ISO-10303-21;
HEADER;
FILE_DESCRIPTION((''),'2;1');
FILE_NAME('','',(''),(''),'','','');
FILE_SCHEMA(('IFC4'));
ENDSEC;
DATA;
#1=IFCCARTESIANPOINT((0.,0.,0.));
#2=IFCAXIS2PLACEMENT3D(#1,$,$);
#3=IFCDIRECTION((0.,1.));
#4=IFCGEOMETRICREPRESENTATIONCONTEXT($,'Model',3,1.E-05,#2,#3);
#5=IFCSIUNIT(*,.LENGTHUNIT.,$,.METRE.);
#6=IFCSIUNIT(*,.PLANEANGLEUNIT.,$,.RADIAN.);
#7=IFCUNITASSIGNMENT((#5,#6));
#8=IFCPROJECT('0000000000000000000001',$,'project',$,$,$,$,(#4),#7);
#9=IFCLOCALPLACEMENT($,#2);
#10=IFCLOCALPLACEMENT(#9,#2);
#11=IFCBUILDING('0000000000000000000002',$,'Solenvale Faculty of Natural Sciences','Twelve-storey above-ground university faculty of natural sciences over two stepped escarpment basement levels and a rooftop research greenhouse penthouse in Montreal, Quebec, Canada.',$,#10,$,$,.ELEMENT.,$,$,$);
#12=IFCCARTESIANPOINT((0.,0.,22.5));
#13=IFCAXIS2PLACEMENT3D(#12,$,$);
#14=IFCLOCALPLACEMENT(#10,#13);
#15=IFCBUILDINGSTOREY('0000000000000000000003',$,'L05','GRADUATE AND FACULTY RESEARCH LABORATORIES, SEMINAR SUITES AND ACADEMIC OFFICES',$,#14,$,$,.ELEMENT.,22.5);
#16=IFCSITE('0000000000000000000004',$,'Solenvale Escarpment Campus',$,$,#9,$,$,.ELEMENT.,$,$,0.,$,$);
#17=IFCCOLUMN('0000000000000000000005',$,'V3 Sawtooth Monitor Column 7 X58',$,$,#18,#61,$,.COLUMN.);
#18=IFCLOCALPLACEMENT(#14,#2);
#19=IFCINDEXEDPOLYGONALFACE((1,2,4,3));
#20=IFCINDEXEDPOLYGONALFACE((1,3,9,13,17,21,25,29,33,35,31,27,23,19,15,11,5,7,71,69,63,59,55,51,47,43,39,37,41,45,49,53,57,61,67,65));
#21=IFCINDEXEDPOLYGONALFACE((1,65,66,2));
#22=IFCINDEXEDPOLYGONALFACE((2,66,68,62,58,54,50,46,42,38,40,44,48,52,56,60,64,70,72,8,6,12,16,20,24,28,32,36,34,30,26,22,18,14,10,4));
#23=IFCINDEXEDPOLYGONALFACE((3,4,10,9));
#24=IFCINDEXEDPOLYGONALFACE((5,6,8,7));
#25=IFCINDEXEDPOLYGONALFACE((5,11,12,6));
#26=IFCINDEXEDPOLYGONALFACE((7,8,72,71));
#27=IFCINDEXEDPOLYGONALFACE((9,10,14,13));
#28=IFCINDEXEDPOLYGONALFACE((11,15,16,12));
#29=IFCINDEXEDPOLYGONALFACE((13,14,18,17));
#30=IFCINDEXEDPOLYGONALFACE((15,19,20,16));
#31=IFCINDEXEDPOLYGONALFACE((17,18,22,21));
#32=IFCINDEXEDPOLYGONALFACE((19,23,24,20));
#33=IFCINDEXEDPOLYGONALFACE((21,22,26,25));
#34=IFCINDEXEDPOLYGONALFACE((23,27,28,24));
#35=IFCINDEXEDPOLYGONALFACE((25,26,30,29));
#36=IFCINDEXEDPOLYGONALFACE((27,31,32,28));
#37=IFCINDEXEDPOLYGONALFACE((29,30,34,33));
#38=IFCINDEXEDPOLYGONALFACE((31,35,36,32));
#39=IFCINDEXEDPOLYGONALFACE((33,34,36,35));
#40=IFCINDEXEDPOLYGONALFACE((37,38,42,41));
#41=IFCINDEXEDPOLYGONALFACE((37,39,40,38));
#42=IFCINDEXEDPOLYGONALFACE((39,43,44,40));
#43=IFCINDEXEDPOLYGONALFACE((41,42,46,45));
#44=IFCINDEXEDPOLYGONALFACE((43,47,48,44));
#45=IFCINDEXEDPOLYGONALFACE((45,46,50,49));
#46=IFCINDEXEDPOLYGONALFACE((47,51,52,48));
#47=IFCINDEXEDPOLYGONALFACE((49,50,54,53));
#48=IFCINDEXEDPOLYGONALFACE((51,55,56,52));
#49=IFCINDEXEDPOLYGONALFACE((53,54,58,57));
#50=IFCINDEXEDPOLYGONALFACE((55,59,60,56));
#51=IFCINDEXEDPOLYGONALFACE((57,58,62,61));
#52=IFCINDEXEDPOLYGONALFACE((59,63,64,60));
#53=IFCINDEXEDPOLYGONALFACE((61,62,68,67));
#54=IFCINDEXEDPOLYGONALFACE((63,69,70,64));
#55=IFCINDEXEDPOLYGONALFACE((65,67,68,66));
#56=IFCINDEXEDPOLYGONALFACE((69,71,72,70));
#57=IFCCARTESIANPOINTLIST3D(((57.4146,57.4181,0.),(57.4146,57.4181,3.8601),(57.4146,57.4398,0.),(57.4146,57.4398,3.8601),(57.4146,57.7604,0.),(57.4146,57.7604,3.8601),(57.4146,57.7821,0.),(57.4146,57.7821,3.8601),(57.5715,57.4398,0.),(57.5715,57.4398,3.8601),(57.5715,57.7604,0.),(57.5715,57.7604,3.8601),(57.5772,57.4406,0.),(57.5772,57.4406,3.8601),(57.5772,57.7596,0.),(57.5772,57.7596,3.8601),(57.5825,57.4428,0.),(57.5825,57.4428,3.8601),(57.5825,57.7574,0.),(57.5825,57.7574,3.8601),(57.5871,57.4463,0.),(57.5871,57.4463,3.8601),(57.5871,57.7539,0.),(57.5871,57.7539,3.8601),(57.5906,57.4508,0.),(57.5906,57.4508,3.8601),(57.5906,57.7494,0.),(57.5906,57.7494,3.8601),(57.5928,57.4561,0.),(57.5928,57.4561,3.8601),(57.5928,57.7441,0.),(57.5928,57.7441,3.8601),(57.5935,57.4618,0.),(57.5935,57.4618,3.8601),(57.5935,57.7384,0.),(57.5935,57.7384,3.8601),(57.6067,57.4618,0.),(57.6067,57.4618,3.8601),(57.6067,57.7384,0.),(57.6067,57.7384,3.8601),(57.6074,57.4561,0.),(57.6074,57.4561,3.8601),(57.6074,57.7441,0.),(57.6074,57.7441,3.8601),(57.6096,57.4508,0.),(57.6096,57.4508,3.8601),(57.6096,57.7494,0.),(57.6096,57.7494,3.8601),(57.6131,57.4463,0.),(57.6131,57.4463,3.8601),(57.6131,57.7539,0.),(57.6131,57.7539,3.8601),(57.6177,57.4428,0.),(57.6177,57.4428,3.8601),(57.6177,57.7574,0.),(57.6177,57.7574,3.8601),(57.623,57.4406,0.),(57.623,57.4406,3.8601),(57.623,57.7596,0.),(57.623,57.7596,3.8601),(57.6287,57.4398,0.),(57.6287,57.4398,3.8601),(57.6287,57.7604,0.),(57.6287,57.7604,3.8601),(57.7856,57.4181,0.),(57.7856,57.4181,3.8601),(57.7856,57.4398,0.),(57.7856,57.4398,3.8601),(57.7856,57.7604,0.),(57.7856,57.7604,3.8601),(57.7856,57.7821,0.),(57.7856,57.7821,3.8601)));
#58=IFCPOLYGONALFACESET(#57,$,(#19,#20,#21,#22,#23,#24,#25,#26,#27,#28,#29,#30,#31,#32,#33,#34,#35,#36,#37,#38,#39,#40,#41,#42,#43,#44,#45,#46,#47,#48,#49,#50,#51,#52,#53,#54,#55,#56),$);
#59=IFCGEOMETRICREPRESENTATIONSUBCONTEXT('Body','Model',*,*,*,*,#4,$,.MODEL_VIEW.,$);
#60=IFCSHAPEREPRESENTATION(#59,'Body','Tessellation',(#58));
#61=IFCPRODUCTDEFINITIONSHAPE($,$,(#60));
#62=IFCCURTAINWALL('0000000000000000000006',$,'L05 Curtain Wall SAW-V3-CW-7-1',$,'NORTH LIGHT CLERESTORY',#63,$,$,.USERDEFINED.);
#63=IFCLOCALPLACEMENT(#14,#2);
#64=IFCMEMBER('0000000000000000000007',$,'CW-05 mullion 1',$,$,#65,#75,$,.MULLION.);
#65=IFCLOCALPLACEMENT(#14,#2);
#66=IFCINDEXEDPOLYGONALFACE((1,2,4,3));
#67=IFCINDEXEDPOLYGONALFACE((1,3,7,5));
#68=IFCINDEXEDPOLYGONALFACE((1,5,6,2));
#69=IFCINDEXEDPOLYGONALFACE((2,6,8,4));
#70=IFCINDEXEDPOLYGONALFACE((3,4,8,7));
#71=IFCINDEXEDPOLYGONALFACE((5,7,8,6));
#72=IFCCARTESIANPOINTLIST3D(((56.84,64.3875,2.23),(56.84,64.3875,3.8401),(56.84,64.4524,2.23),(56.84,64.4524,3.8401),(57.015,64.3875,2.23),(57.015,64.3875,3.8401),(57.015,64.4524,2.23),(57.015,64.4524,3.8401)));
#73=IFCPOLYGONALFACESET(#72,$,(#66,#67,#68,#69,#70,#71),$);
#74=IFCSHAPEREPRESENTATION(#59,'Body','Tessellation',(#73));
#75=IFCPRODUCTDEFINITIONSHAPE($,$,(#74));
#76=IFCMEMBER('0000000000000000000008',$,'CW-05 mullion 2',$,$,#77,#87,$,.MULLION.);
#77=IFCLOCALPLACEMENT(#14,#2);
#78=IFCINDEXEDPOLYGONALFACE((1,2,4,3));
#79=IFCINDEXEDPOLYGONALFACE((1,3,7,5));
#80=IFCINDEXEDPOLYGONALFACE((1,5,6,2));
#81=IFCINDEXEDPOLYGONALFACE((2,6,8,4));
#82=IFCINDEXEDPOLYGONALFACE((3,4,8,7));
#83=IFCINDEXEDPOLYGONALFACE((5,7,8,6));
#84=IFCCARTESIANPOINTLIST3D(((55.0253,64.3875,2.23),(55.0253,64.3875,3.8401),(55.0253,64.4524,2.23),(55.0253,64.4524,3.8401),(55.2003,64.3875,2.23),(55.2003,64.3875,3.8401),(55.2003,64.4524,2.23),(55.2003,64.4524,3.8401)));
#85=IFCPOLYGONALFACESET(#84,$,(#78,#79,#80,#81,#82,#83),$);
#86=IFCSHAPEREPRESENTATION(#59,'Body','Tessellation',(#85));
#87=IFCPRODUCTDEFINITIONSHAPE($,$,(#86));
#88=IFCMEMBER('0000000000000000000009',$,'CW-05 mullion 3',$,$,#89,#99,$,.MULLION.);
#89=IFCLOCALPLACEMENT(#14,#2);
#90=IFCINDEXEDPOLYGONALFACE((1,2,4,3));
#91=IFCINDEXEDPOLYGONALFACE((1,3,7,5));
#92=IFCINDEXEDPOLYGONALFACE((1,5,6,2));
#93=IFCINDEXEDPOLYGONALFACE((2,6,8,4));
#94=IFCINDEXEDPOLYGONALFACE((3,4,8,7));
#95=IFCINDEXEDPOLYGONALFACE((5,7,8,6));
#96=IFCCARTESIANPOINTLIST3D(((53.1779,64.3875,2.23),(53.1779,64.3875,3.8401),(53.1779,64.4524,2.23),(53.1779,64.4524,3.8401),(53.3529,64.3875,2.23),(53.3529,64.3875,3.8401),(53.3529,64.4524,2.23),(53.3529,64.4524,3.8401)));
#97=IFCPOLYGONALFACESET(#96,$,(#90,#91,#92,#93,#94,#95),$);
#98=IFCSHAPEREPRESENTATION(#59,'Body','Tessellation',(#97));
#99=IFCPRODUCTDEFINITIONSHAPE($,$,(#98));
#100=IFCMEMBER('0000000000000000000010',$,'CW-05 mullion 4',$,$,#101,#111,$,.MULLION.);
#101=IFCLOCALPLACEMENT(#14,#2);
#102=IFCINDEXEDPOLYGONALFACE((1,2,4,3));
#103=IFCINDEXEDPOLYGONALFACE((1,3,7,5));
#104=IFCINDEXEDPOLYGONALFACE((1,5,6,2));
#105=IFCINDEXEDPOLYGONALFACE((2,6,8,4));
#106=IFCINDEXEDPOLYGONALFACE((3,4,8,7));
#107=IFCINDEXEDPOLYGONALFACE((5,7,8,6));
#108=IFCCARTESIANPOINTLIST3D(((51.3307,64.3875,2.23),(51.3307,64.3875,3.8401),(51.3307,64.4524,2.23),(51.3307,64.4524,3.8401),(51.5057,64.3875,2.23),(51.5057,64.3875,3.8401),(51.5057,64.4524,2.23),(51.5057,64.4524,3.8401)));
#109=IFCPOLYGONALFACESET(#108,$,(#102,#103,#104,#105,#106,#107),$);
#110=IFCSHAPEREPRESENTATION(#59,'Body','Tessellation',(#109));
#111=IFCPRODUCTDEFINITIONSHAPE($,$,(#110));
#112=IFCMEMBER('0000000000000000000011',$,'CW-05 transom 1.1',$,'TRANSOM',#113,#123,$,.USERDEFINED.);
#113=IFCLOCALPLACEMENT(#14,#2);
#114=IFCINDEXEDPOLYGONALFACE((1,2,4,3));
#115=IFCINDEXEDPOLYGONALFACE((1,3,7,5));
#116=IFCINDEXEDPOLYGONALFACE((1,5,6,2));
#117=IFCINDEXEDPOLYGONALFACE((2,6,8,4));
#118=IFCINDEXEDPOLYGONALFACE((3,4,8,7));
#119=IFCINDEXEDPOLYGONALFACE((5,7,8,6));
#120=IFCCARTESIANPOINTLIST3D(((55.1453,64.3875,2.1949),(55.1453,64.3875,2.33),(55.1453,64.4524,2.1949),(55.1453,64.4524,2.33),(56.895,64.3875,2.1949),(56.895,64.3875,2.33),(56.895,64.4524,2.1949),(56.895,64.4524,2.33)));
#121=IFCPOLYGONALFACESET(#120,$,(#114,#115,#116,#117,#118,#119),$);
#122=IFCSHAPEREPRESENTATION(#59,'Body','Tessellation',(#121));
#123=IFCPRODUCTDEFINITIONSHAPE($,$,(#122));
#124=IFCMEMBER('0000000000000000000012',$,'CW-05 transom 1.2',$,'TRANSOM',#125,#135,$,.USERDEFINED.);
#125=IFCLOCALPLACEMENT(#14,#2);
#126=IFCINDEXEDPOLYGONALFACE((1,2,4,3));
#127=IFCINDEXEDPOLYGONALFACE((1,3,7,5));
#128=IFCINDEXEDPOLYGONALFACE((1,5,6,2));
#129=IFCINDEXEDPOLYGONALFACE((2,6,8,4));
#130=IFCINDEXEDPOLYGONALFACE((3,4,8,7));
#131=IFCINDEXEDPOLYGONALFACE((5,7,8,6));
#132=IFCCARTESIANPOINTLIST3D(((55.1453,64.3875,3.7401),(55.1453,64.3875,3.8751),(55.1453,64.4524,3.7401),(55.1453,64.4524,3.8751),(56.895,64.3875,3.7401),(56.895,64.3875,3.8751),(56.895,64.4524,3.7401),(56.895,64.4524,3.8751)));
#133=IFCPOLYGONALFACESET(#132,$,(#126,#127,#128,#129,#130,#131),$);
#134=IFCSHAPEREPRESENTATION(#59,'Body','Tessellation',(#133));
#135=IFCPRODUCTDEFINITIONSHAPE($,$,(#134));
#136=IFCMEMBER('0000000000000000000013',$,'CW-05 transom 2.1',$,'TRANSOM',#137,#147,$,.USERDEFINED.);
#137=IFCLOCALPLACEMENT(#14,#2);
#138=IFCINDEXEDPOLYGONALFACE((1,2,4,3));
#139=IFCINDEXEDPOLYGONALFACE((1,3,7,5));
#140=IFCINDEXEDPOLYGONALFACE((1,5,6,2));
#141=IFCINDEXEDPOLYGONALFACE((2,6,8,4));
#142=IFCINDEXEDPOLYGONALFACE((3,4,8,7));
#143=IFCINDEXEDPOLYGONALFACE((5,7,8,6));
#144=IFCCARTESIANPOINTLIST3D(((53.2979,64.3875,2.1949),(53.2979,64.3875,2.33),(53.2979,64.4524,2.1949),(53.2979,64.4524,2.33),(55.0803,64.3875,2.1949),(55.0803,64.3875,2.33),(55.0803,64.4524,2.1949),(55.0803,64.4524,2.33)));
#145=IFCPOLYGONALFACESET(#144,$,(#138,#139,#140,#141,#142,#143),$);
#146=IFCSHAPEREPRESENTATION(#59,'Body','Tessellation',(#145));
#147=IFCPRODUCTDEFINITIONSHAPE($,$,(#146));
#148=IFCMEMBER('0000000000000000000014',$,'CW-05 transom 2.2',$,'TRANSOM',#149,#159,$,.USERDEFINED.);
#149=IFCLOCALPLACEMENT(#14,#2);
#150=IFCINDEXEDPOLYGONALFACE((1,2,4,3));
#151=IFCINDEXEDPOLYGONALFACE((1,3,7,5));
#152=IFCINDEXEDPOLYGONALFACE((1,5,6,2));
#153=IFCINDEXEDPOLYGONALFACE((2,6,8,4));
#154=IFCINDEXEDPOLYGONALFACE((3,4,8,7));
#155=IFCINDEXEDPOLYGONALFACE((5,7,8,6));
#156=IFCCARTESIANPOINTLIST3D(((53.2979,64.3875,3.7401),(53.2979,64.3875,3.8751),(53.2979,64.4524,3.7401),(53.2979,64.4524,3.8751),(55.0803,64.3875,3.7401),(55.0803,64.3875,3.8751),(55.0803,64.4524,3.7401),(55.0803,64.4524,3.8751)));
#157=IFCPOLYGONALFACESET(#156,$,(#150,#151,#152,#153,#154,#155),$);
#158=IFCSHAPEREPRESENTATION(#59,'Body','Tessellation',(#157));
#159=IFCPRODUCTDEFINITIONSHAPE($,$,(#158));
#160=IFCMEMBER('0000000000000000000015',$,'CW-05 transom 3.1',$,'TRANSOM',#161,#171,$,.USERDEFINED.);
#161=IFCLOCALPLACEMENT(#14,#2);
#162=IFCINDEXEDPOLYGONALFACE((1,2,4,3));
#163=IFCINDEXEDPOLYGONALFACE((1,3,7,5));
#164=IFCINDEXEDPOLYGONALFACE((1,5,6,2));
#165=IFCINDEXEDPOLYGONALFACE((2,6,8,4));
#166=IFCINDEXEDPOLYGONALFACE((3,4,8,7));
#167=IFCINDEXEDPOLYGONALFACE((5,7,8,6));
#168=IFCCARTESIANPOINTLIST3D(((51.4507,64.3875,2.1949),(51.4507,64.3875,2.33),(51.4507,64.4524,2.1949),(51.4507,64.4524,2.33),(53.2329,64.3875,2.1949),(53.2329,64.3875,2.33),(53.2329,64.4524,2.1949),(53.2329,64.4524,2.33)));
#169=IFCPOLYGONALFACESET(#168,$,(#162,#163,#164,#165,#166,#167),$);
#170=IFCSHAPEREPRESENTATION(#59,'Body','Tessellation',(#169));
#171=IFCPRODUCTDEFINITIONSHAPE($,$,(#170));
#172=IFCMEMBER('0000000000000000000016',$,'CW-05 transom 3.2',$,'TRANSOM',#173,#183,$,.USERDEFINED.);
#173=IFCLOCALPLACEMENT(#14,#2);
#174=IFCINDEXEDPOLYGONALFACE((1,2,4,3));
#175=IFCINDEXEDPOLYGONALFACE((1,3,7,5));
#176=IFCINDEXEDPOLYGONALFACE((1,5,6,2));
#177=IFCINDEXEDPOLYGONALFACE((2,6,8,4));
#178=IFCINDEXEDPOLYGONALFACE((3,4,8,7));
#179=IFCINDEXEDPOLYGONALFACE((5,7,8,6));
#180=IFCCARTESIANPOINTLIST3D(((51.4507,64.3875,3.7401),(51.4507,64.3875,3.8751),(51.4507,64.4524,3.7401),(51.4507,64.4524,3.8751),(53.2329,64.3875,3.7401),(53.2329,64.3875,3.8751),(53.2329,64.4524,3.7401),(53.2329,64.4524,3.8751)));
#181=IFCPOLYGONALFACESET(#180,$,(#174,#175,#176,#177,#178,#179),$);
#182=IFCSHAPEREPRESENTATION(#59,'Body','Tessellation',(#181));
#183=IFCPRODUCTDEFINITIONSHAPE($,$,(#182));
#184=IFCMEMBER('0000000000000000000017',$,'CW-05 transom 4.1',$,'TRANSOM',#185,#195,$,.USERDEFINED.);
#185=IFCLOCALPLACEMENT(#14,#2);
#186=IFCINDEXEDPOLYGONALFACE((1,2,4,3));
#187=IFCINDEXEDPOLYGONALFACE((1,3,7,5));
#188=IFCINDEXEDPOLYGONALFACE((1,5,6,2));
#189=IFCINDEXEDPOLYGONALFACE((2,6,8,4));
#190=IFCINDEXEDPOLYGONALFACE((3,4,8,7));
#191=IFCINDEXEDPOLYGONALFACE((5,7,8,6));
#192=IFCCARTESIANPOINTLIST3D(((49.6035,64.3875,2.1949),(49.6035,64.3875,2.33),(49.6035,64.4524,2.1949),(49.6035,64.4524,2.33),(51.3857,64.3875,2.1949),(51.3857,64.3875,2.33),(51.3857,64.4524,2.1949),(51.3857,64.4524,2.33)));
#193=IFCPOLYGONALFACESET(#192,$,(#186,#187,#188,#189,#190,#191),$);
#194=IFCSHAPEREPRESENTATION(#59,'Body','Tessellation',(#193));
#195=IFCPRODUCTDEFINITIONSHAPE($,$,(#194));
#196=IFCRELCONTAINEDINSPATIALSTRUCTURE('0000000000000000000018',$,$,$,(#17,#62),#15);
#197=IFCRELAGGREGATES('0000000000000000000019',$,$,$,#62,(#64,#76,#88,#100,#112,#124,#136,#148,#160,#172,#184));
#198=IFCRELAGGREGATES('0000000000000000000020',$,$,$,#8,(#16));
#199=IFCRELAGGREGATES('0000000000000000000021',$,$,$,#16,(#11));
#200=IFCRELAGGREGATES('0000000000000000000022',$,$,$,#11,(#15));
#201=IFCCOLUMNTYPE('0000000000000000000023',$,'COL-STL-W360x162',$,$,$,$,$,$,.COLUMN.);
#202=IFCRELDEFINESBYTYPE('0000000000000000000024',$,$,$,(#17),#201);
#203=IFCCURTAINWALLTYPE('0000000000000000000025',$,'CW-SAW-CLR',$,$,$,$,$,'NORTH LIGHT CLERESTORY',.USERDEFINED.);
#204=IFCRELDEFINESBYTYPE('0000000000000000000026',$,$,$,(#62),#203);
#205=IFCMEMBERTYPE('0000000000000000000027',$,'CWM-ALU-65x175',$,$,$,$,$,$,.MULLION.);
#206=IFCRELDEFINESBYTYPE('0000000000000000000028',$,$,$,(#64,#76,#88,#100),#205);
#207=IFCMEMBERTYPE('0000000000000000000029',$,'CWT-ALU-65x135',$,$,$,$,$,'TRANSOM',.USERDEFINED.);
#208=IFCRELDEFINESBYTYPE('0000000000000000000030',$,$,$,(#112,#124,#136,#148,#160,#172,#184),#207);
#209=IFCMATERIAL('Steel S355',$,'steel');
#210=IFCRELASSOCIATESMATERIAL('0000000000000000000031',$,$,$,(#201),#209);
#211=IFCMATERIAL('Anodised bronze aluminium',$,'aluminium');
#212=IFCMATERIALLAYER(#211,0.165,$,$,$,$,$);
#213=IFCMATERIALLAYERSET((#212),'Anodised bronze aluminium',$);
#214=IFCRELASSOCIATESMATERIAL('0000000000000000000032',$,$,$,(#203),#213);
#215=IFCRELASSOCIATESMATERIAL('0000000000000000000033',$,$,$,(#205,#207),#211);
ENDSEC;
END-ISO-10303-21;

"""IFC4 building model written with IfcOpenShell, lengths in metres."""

from ifc_helpers import new_model, si_unit, direction, frame, origin, origin_2d, place, context, subcontext, project, spatial, rectangle, i_section, extrude, material, layer, layer_set, material_profile, profile_set, type_object, element, aggregate, save


model = new_model("IFC4")

# Units and contexts
model_context = context("Model", 3, precision=1e-05, world=origin(), true_north=direction((0.0, 1.0)))
body_context = subcontext(model_context, "Body", "Model", "MODEL_VIEW")
ifc_project = project(units=[si_unit("LENGTHUNIT", "METRE"), si_unit("PLANEANGLEUNIT", "RADIAN")], contexts=[model_context])

# Site, building, storey
site_placement = place(None, origin())
site = spatial("IfcSite", under=ifc_project, at=site_placement, Name="Solenvale Escarpment Campus", CompositionType="ELEMENT", RefElevation=0.0)
building_placement = place(site_placement, origin())
building = spatial("IfcBuilding", under=site, at=building_placement, Name="Solenvale Faculty of Natural Sciences", Description="Twelve-storey above-ground university faculty of natural sciences over two stepped escarpment basement levels and a rooftop research greenhouse penthouse in Montreal, Quebec, Canada.", CompositionType="ELEMENT")
storey_placement = place(building_placement, frame((0.0, 0.0, 22.5)))
storey = spatial("IfcBuildingStorey", under=building, at=storey_placement, Name="L05", Description="GRADUATE AND FACULTY RESEARCH LABORATORIES, SEMINAR SUITES AND ACADEMIC OFFICES", CompositionType="ELEMENT", Elevation=22.5)

# Column
ifc_material_1 = material(Name="Steel S355", Category="steel")
ifc_material_profile_1 = material_profile(ifc_material_1, i_section(OverallWidth=0.3711, OverallDepth=0.364, WebThickness=0.0132, FlangeThickness=0.0217, FilletRadius=0.022, at=origin_2d()), Name="W360x162")
ifc_profile_set_1 = profile_set([ifc_material_profile_1], Name="Steel S355")
column_type = type_object("IfcColumnType", Name="COL-STL-W360x162", PredefinedType="COLUMN", material=ifc_profile_set_1)
column_placement = place(storey_placement, frame((57.6001, 57.6001, 0.0), z_axis=(0.0, 0.0, 1.0), x_axis=(1.0, 0.0, 0.0)))
element("IfcColumn", 1, at=column_placement, inside=storey, type_object=column_type, Name="V3 Sawtooth Monitor Column 7 X58", PredefinedType="COLUMN", context=body_context, shape_type="SweptSolid", body=[
    extrude(i_section(OverallWidth=0.3711, OverallDepth=0.364, WebThickness=0.0132, FlangeThickness=0.0217, FilletRadius=0.022, at=origin_2d()), origin(), (0.0, 0.0, 1.0), 3.8601),
])

# Curtain wall, members
ifc_material_2 = material(Name="Anodised bronze aluminium", Category="aluminium")
ifc_layer_1 = layer(ifc_material_2, 0.165)
ifc_layer_set_1 = layer_set([ifc_layer_1], Name="Anodised bronze aluminium")
curtain_wall_type = type_object("IfcCurtainWallType", Name="CW-SAW-CLR", ElementType="NORTH LIGHT CLERESTORY", PredefinedType="USERDEFINED", material=ifc_layer_set_1)
curtain_wall_placement = place(storey_placement, origin())
curtain_wall = element("IfcCurtainWall", 2, at=curtain_wall_placement, inside=storey, type_object=curtain_wall_type, Name="L05 Curtain Wall SAW-V3-CW-7-1", ObjectType="NORTH LIGHT CLERESTORY", PredefinedType="USERDEFINED")
ifc_material_profile_2 = material_profile(ifc_material_2, rectangle(XDim=0.0649, YDim=0.175, at=origin_2d()), Name="ALU-MUL-65x175")
ifc_profile_set_2 = profile_set([ifc_material_profile_2], Name="Anodised bronze aluminium")
member_type_1 = type_object("IfcMemberType", Name="CWM-ALU-65x175", PredefinedType="MULLION", material=ifc_profile_set_2)
member_1_placement = place(storey_placement, frame((56.9275, 64.4199, 2.23), z_axis=(0.0, 0.0, 1.0), x_axis=(0.0, -1.0, 0.0)))
member_1 = element("IfcMember", 3, at=member_1_placement, type_object=member_type_1, Name="CW-05 mullion 1", PredefinedType="MULLION", context=body_context, shape_type="SweptSolid", body=[
    extrude(rectangle(XDim=0.0649, YDim=0.175, at=origin_2d()), origin(), (0.0, 0.0, 1.0), 1.6101),
])
member_2_placement = place(storey_placement, frame((55.1128, 64.4199, 2.23), z_axis=(0.0, 0.0, 1.0), x_axis=(0.0, -1.0, 0.0)))
member_2 = element("IfcMember", 4, at=member_2_placement, type_object=member_type_1, Name="CW-05 mullion 2", PredefinedType="MULLION", context=body_context, shape_type="SweptSolid", body=[
    extrude(rectangle(XDim=0.0649, YDim=0.175, at=origin_2d()), origin(), (0.0, 0.0, 1.0), 1.6101),
])
member_3_placement = place(storey_placement, frame((53.2654, 64.4199, 2.23), z_axis=(0.0, 0.0, 1.0), x_axis=(0.0, -1.0, 0.0)))
member_3 = element("IfcMember", 5, at=member_3_placement, type_object=member_type_1, Name="CW-05 mullion 3", PredefinedType="MULLION", context=body_context, shape_type="SweptSolid", body=[
    extrude(rectangle(XDim=0.0649, YDim=0.175, at=origin_2d()), origin(), (0.0, 0.0, 1.0), 1.6101),
])
member_4_placement = place(storey_placement, frame((51.4182, 64.4199, 2.23), z_axis=(0.0, 0.0, 1.0), x_axis=(0.0, -1.0, 0.0)))
member_4 = element("IfcMember", 6, at=member_4_placement, type_object=member_type_1, Name="CW-05 mullion 4", PredefinedType="MULLION", context=body_context, shape_type="SweptSolid", body=[
    extrude(rectangle(XDim=0.0649, YDim=0.175, at=origin_2d()), origin(), (0.0, 0.0, 1.0), 1.6101),
])
ifc_material_profile_3 = material_profile(ifc_material_2, rectangle(XDim=0.0649, YDim=0.135, at=origin_2d()), Name="ALU-TRN-65x135")
ifc_profile_set_3 = profile_set([ifc_material_profile_3], Name="Anodised bronze aluminium")
member_type_2 = type_object("IfcMemberType", Name="CWT-ALU-65x135", ElementType="TRANSOM", PredefinedType="USERDEFINED", material=ifc_profile_set_3)
member_5_placement = place(storey_placement, frame((56.895, 64.4199, 2.2625), z_axis=(-1.0, 0.0, 0.0), x_axis=(0.0, -1.0, 0.0)))
member_5 = element("IfcMember", 7, at=member_5_placement, type_object=member_type_2, Name="CW-05 transom 1.1", ObjectType="TRANSOM", PredefinedType="USERDEFINED", context=body_context, shape_type="SweptSolid", body=[
    extrude(rectangle(XDim=0.0649, YDim=0.135, at=origin_2d()), origin(), (0.0, 0.0, 1.0), 1.7498),
])
member_6_placement = place(storey_placement, frame((56.895, 64.4199, 3.8076), z_axis=(-1.0, 0.0, 0.0), x_axis=(0.0, -1.0, 0.0)))
member_6 = element("IfcMember", 8, at=member_6_placement, type_object=member_type_2, Name="CW-05 transom 1.2", ObjectType="TRANSOM", PredefinedType="USERDEFINED", context=body_context, shape_type="SweptSolid", body=[
    extrude(rectangle(XDim=0.0649, YDim=0.135, at=origin_2d()), origin(), (0.0, 0.0, 1.0), 1.7498),
])
member_7_placement = place(storey_placement, frame((55.0803, 64.4199, 2.2625), z_axis=(-1.0, 0.0, 0.0), x_axis=(0.0, -1.0, 0.0)))
member_7 = element("IfcMember", 9, at=member_7_placement, type_object=member_type_2, Name="CW-05 transom 2.1", ObjectType="TRANSOM", PredefinedType="USERDEFINED", context=body_context, shape_type="SweptSolid", body=[
    extrude(rectangle(XDim=0.0649, YDim=0.135, at=origin_2d()), origin(), (0.0, 0.0, 1.0), 1.7825),
])
member_8_placement = place(storey_placement, frame((55.0803, 64.4199, 3.8076), z_axis=(-1.0, 0.0, 0.0), x_axis=(0.0, -1.0, 0.0)))
member_8 = element("IfcMember", 10, at=member_8_placement, type_object=member_type_2, Name="CW-05 transom 2.2", ObjectType="TRANSOM", PredefinedType="USERDEFINED", context=body_context, shape_type="SweptSolid", body=[
    extrude(rectangle(XDim=0.0649, YDim=0.135, at=origin_2d()), origin(), (0.0, 0.0, 1.0), 1.7825),
])
member_9_placement = place(storey_placement, frame((53.2329, 64.4199, 2.2625), z_axis=(-1.0, 0.0, 0.0), x_axis=(0.0, -1.0, 0.0)))
member_9 = element("IfcMember", 11, at=member_9_placement, type_object=member_type_2, Name="CW-05 transom 3.1", ObjectType="TRANSOM", PredefinedType="USERDEFINED", context=body_context, shape_type="SweptSolid", body=[
    extrude(rectangle(XDim=0.0649, YDim=0.135, at=origin_2d()), origin(), (0.0, 0.0, 1.0), 1.7822),
])
member_10_placement = place(storey_placement, frame((53.2329, 64.4199, 3.8076), z_axis=(-1.0, 0.0, 0.0), x_axis=(0.0, -1.0, 0.0)))
member_10 = element("IfcMember", 12, at=member_10_placement, type_object=member_type_2, Name="CW-05 transom 3.2", ObjectType="TRANSOM", PredefinedType="USERDEFINED", context=body_context, shape_type="SweptSolid", body=[
    extrude(rectangle(XDim=0.0649, YDim=0.135, at=origin_2d()), origin(), (0.0, 0.0, 1.0), 1.7822),
])
member_11_placement = place(storey_placement, frame((51.3857, 64.4199, 2.2625), z_axis=(-1.0, 0.0, 0.0), x_axis=(0.0, -1.0, 0.0)))
member_11 = element("IfcMember", 13, at=member_11_placement, type_object=member_type_2, Name="CW-05 transom 4.1", ObjectType="TRANSOM", PredefinedType="USERDEFINED", context=body_context, shape_type="SweptSolid", body=[
    extrude(rectangle(XDim=0.0649, YDim=0.135, at=origin_2d()), origin(), (0.0, 0.0, 1.0), 1.7822),
])

aggregate(curtain_wall, [member_1, member_2, member_3, member_4, member_5, member_6, member_7, member_8, member_9, member_10, member_11])

save(model, "model.ifc")
